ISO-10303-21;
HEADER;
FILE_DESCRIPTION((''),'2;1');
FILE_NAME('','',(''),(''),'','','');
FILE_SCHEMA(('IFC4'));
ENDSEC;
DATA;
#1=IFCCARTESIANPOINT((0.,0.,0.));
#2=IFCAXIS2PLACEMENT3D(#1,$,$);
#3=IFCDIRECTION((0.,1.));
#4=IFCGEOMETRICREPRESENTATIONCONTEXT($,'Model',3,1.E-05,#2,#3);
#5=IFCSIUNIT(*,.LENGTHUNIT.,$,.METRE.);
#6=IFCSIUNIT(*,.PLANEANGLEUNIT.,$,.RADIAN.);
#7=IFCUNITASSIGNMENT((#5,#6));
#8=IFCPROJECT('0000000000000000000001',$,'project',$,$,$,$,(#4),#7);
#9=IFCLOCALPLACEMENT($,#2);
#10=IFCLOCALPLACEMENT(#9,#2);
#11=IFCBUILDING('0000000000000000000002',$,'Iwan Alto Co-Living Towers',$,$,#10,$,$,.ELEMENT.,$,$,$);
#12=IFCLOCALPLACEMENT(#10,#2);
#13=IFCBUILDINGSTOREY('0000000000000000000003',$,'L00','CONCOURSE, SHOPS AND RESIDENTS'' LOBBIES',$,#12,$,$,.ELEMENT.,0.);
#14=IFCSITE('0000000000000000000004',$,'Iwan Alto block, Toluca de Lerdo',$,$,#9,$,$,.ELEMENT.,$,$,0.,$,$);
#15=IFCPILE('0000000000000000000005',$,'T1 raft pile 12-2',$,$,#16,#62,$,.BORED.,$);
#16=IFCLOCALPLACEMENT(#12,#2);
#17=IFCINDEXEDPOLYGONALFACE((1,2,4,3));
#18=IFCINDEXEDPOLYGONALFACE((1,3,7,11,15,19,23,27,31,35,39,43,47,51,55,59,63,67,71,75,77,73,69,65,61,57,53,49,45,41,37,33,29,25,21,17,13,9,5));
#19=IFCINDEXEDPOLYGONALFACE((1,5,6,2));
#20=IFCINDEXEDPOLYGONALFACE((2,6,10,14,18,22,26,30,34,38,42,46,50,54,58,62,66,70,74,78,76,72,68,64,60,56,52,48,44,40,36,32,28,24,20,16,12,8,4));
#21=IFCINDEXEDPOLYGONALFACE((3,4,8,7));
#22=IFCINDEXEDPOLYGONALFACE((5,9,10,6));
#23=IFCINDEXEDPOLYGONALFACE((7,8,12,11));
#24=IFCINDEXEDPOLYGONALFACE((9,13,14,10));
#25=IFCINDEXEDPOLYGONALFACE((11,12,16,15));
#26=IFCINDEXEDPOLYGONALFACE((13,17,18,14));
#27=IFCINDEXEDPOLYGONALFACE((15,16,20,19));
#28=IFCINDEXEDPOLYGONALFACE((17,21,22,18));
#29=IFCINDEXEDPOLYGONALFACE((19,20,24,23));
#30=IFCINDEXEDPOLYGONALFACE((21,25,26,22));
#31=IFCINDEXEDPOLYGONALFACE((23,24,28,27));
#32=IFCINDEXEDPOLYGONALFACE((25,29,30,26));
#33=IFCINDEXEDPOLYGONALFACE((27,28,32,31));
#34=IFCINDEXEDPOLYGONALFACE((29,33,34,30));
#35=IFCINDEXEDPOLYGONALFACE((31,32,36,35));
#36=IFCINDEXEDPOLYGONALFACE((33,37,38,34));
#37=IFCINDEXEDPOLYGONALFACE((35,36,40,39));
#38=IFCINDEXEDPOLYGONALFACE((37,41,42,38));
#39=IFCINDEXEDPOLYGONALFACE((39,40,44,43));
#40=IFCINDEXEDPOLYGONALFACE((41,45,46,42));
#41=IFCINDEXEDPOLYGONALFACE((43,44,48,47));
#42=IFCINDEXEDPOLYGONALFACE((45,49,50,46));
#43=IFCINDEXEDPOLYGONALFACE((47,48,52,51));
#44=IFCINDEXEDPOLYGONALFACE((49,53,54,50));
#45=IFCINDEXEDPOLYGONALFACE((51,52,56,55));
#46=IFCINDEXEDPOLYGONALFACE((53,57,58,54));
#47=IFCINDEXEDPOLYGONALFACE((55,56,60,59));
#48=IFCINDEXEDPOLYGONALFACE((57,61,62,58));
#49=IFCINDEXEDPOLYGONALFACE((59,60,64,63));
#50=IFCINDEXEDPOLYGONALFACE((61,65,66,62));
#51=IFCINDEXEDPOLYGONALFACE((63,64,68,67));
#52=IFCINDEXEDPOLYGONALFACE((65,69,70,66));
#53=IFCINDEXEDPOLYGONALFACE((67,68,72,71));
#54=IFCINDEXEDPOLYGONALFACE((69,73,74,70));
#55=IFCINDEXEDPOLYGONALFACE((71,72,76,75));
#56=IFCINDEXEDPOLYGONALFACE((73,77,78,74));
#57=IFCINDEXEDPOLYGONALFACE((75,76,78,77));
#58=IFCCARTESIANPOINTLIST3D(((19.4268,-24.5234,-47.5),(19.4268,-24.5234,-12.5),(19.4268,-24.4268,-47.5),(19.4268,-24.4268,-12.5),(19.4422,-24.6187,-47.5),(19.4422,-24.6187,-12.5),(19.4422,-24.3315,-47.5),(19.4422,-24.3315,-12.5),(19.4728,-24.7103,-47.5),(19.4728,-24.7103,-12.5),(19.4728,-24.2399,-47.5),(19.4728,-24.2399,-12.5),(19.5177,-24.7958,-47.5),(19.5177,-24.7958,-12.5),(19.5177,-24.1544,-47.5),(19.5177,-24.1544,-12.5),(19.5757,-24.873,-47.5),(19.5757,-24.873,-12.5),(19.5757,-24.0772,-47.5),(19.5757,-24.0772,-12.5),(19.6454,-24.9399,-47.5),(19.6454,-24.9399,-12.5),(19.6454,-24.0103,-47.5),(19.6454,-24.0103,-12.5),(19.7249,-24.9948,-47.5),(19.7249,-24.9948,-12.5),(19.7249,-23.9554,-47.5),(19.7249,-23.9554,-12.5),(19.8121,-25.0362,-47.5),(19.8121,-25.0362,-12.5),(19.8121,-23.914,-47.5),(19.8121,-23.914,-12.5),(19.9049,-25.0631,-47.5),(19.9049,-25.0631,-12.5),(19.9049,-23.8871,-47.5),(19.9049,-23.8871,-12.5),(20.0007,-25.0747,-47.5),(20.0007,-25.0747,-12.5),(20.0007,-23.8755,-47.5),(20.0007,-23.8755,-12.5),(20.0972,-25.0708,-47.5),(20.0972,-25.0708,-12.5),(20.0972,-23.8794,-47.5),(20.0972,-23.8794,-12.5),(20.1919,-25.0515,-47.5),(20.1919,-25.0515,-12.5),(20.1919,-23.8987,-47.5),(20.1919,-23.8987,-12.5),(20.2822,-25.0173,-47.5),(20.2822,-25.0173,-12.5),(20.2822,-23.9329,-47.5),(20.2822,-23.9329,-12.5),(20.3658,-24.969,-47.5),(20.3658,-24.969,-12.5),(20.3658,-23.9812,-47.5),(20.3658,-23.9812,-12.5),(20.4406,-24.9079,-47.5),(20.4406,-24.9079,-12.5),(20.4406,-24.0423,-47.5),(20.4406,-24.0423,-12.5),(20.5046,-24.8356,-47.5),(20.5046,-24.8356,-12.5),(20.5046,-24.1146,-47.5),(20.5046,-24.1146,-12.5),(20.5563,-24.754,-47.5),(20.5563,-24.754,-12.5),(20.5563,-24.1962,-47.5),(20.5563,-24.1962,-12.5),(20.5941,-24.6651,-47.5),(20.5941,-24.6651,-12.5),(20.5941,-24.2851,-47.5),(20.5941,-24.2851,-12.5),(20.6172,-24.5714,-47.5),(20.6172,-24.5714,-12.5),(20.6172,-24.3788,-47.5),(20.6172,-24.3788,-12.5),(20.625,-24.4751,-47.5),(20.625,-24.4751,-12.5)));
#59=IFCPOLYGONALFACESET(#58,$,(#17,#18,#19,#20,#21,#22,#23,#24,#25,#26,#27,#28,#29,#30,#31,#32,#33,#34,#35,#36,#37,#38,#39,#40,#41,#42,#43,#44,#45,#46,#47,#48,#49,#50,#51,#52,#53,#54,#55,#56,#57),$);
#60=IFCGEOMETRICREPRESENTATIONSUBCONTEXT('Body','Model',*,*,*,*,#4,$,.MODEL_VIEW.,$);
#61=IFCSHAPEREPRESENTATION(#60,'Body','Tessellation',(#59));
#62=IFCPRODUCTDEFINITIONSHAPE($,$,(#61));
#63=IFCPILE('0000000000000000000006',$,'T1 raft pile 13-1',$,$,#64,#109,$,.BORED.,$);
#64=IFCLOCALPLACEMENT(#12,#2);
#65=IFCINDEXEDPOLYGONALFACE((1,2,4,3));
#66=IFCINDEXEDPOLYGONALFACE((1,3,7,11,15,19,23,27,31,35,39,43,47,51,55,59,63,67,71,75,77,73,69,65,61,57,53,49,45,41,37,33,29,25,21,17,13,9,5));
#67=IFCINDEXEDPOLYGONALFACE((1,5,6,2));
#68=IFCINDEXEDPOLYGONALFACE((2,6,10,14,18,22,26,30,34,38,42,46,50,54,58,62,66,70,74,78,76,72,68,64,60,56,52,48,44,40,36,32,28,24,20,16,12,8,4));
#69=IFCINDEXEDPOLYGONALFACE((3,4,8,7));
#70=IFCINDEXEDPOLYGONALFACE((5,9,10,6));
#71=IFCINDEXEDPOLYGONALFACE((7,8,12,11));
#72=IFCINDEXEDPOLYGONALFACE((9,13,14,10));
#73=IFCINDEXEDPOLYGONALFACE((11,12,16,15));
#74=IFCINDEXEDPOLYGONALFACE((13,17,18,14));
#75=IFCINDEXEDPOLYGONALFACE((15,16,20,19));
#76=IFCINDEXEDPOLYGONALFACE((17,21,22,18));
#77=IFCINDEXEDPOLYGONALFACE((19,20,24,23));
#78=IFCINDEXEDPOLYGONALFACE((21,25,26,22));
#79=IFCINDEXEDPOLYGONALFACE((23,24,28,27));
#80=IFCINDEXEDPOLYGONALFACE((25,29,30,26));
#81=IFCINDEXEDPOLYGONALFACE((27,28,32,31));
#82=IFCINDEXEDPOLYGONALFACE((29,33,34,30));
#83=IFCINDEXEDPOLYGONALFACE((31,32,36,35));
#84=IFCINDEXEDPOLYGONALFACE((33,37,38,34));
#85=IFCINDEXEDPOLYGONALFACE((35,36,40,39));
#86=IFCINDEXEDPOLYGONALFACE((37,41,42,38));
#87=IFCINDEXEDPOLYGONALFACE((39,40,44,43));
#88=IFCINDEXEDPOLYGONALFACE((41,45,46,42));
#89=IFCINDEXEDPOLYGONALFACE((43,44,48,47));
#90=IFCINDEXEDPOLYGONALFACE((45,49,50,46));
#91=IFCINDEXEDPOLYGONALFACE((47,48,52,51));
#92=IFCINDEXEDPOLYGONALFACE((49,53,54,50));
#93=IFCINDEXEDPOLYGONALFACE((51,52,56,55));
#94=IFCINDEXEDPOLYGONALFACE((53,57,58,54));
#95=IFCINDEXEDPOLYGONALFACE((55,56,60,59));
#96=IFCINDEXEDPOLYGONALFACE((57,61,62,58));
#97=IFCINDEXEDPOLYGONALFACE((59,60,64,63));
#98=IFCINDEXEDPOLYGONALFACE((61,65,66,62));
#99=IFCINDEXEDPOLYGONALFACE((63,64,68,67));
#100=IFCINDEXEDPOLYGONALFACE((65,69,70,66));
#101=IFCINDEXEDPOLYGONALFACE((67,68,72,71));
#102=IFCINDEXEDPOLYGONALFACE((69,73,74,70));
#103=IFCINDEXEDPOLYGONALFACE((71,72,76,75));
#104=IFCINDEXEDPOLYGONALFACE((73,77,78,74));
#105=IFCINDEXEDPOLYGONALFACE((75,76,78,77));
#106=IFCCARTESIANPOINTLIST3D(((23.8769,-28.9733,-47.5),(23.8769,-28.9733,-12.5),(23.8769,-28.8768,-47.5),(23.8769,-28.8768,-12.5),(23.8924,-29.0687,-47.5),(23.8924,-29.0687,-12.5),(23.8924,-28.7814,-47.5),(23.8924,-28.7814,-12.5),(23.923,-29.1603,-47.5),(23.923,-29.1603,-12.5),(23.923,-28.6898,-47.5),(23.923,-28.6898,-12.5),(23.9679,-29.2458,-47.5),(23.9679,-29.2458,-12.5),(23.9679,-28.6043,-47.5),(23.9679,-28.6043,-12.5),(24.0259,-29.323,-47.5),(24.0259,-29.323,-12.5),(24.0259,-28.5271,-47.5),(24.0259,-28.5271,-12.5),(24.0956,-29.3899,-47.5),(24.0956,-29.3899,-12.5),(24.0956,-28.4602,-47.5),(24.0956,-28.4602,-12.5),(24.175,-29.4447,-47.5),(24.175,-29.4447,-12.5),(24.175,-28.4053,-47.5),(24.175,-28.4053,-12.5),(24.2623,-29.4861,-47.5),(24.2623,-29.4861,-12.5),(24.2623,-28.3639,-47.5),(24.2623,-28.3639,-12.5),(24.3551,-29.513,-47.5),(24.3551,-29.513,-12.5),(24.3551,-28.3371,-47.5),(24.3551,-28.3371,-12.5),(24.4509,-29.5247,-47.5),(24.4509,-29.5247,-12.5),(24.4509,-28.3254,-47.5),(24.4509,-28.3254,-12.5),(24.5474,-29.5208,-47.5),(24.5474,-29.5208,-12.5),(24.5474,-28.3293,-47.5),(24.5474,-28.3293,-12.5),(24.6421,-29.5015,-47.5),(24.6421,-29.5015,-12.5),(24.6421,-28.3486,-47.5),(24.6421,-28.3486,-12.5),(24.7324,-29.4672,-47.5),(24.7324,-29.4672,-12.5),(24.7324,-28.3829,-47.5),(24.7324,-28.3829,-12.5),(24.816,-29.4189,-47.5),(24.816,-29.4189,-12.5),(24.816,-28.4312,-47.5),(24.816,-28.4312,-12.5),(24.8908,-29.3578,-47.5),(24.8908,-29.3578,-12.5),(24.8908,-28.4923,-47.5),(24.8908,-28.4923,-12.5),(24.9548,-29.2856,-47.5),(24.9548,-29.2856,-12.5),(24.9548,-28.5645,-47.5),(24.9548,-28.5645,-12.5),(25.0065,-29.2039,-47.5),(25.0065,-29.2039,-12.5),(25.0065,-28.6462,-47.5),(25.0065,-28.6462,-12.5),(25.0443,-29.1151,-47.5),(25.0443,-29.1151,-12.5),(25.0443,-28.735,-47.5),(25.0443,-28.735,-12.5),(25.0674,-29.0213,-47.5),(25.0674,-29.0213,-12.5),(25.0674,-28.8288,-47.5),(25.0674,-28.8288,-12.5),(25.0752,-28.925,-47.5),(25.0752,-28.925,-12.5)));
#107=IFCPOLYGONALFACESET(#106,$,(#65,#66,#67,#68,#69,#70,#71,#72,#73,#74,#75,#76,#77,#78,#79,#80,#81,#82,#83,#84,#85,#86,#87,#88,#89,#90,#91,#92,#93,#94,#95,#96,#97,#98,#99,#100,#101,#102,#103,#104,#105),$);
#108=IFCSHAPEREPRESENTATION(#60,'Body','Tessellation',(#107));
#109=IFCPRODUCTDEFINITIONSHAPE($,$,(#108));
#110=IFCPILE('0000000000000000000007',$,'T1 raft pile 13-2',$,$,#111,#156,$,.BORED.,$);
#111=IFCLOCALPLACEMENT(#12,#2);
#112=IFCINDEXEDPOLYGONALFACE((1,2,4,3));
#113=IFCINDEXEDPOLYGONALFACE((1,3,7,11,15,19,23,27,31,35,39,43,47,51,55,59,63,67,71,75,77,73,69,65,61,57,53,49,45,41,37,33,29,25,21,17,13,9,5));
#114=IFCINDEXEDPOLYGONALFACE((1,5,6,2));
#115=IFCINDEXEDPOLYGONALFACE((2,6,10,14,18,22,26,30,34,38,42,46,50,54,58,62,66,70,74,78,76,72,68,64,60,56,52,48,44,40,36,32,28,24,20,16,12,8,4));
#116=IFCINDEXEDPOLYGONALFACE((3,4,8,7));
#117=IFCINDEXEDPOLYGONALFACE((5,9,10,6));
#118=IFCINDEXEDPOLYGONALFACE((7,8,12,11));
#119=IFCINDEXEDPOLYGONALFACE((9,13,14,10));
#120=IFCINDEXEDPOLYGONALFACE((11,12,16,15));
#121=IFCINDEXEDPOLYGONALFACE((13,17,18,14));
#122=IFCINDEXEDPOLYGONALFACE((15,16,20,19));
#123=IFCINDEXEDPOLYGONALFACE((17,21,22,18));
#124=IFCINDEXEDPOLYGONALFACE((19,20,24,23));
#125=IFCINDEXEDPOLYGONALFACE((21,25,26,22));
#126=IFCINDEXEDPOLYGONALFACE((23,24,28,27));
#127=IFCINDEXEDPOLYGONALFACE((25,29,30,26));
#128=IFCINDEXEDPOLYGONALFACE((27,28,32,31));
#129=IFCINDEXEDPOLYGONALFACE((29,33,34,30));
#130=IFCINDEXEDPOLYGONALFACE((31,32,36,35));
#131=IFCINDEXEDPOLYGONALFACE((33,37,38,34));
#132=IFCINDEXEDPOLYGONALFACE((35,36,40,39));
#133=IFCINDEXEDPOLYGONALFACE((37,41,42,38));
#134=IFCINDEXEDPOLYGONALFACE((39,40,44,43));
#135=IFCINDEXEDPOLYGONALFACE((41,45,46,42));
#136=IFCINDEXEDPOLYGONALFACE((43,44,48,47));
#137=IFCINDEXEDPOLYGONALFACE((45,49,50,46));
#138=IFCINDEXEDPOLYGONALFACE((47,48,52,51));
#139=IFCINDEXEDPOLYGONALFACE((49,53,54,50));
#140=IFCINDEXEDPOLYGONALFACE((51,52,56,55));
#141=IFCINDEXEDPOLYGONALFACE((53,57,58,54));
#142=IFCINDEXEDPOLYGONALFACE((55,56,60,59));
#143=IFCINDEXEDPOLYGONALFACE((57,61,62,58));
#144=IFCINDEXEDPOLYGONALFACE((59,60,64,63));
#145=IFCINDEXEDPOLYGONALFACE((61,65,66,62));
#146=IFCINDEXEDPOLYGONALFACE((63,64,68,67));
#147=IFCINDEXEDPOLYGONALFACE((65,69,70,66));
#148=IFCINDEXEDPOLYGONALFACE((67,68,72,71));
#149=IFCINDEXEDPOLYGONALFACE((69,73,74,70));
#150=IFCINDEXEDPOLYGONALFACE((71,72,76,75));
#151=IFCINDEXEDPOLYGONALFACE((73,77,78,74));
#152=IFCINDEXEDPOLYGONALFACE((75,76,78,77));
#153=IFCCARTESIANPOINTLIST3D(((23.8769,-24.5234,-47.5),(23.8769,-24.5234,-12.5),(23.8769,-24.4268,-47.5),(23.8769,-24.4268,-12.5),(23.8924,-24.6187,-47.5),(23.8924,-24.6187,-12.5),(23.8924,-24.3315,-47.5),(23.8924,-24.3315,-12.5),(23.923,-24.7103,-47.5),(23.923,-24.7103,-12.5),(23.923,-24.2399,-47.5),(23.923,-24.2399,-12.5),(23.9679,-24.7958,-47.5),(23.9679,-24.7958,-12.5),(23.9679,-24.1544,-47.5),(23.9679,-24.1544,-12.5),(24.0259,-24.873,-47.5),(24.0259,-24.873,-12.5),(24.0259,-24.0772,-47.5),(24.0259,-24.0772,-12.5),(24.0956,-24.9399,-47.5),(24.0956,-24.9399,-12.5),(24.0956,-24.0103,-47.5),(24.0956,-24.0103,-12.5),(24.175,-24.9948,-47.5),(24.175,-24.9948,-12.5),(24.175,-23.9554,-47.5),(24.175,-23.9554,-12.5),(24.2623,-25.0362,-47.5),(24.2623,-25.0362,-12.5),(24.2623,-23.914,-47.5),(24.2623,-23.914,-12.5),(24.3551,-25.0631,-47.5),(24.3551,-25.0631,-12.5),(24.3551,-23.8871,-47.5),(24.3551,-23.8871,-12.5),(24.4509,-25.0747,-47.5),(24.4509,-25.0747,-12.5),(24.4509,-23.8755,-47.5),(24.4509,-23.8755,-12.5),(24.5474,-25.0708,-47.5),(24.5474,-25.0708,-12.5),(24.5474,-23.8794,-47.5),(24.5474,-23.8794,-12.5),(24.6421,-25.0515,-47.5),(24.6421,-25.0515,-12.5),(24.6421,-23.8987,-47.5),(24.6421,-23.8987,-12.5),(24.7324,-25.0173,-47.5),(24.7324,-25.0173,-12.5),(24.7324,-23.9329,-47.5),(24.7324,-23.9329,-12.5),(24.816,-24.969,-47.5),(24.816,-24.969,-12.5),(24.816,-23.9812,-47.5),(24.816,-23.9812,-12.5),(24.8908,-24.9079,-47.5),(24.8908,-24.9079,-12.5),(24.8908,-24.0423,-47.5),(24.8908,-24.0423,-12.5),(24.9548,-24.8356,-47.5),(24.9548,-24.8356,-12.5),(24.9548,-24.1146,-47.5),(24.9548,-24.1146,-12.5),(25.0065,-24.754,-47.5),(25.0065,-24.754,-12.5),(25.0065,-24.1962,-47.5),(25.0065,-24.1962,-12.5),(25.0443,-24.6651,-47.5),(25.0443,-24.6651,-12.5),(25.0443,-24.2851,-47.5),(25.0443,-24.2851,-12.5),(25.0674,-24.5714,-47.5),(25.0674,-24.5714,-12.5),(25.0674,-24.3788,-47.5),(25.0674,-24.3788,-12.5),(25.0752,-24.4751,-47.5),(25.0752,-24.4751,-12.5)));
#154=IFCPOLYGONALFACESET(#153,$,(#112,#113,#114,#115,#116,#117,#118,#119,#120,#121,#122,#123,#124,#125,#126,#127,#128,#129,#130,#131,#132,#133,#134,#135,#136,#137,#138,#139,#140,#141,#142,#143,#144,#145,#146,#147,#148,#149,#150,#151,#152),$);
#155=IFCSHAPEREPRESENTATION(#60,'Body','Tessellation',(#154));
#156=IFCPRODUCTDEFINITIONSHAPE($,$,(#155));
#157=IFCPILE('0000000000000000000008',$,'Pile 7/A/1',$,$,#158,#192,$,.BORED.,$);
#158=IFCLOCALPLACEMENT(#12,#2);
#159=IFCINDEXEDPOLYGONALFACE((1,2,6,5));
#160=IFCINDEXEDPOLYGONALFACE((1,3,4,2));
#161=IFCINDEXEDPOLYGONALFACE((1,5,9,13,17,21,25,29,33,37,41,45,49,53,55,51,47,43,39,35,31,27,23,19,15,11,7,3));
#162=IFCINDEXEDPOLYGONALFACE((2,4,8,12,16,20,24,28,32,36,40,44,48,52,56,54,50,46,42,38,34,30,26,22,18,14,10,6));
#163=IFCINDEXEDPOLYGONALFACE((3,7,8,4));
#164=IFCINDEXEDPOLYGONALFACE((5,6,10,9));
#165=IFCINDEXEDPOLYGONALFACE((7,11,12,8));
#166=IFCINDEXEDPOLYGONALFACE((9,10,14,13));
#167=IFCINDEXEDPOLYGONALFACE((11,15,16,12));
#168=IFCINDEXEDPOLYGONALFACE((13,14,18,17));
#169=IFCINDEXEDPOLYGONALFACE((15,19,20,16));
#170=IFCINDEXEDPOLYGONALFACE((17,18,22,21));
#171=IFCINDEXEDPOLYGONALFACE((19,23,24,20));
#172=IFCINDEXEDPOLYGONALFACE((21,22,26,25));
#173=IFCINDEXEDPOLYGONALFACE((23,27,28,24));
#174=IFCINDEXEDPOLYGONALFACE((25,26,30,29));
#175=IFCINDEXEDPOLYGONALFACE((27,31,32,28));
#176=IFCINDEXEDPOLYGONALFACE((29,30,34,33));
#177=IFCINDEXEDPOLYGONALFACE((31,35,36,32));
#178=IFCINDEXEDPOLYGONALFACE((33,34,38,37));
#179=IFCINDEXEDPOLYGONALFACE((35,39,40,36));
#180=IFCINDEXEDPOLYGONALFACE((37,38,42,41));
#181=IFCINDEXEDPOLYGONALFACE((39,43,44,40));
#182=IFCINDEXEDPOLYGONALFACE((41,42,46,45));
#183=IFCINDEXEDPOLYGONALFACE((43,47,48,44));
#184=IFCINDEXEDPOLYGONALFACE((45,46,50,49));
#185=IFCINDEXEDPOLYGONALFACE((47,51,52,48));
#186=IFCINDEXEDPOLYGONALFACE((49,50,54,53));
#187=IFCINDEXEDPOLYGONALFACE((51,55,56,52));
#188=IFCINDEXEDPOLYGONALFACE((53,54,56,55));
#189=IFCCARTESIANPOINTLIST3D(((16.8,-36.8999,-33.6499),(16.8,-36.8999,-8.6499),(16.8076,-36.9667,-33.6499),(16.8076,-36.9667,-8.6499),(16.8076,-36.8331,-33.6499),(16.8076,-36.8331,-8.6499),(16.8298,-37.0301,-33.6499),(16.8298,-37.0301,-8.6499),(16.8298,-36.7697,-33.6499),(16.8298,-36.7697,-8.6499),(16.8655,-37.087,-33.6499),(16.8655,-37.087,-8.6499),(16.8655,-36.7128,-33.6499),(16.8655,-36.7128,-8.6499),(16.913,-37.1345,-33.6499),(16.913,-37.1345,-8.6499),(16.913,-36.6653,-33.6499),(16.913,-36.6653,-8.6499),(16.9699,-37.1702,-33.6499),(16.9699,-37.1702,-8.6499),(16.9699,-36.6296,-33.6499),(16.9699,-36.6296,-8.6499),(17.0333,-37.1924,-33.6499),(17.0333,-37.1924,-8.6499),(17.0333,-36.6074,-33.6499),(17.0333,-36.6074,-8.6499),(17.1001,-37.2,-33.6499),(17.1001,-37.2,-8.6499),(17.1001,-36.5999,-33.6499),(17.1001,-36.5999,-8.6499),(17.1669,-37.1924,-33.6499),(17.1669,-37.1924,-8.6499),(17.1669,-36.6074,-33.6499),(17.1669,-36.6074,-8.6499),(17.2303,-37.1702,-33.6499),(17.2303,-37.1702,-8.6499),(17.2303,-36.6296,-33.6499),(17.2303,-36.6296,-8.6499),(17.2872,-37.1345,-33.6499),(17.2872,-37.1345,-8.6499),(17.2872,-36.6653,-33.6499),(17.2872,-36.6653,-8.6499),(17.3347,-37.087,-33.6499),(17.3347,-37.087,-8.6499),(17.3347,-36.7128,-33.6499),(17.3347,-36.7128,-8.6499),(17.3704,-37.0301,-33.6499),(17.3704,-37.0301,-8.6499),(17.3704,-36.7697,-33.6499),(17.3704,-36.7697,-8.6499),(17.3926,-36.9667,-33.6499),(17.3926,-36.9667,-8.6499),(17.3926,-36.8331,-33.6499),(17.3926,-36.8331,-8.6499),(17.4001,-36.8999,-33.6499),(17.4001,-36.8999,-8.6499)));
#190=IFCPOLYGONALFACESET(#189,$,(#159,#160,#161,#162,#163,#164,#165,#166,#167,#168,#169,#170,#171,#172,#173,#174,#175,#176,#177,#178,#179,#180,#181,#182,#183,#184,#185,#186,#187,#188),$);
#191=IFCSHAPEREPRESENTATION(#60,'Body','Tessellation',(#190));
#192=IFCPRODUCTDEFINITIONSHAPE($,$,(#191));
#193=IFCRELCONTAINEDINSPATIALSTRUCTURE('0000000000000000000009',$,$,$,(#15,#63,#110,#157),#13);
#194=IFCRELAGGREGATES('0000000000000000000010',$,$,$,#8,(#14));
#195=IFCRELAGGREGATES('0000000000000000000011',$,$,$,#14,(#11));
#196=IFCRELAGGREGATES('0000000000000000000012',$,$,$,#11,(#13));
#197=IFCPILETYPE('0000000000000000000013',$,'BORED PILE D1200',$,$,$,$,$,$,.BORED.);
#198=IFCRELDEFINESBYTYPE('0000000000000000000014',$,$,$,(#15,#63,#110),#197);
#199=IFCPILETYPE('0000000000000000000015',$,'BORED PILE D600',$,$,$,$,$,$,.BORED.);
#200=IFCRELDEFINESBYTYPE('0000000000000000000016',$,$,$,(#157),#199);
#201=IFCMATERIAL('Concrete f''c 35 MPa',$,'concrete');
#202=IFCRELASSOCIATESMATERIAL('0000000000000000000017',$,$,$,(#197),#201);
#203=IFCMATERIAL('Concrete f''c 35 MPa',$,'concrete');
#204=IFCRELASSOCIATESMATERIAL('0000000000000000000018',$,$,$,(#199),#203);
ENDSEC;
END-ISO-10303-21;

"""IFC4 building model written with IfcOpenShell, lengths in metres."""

from ifc_helpers import new_model, si_unit, direction, frame, origin, origin_2d, place, context, subcontext, project, spatial, circle, extrude, material, material_profile, profile_set, type_object, element, save


model = new_model("IFC4")

# Units and contexts
model_context = context("Model", 3, precision=1e-05, world=origin(), true_north=direction((0.0, 1.0)))
body_context = subcontext(model_context, "Body", "Model", "MODEL_VIEW")
ifc_project = project(units=[si_unit("LENGTHUNIT", "METRE"), si_unit("PLANEANGLEUNIT", "RADIAN")], contexts=[model_context])

# Site, building, storey
site_placement = place(None, origin())
site = spatial("IfcSite", under=ifc_project, at=site_placement, Name="Iwan Alto block, Toluca de Lerdo", CompositionType="ELEMENT", RefElevation=0.0)
building_placement = place(site_placement, origin())
building = spatial("IfcBuilding", under=site, at=building_placement, Name="Iwan Alto Co-Living Towers", CompositionType="ELEMENT")
storey_placement = place(building_placement, origin())
storey = spatial("IfcBuildingStorey", under=building, at=storey_placement, Name="L00", Description="CONCOURSE, SHOPS AND RESIDENTS' LOBBIES", CompositionType="ELEMENT", Elevation=0.0)

# Piles
ifc_material_1 = material(Name="Concrete f'c 35 MPa", Category="concrete")
ifc_material_profile_1 = material_profile(ifc_material_1, circle(Radius=0.6001, at=origin_2d()), Name="D1200")
ifc_profile_set_1 = profile_set([ifc_material_profile_1], Name="Concrete f'c 35 MPa")
pile_type_1 = type_object("IfcPileType", Name="BORED PILE D1200", PredefinedType="BORED", material=ifc_profile_set_1)
for number, where, z_axis, x_axis, name in (
    (1, (20.0249, -24.4751, -12.5), (0.0, 0.0, -1.0), (1.0, 0.0, 0.0), "T1 raft pile 12-2"),
    (2, (24.4751, -28.925, -12.5), (0.0, 0.0, -1.0), (1.0, 0.0, 0.0), "T1 raft pile 13-1"),
    (3, (24.4751, -24.4751, -12.5), (0.0, 0.0, -1.0), (1.0, 0.0, 0.0), "T1 raft pile 13-2"),
):
    element("IfcPile", number, at=place(storey_placement, frame(where, z_axis=z_axis, x_axis=x_axis)), inside=storey, type_object=pile_type_1, Name=name, PredefinedType="BORED", context=body_context, shape_type="SweptSolid", body=[
        extrude(circle(Radius=0.6001, at=origin_2d()), origin(), (0.0, 0.0, 1.0), 35.0),
    ])
ifc_material_2 = material(Name="Concrete f'c 35 MPa", Category="concrete")
ifc_material_profile_2 = material_profile(ifc_material_2, circle(Radius=0.3, at=origin_2d()), Name="D600")
ifc_profile_set_2 = profile_set([ifc_material_profile_2], Name="Concrete f'c 35 MPa")
pile_type_2 = type_object("IfcPileType", Name="BORED PILE D600", PredefinedType="BORED", material=ifc_profile_set_2)
for number, where, z_axis, x_axis, name in (
    (4, (17.1001, -36.8999, -8.6499), (0.0, 0.0, -1.0), (1.0, 0.0, 0.0), "Pile 7/A/1"),
):
    element("IfcPile", number, at=place(storey_placement, frame(where, z_axis=z_axis, x_axis=x_axis)), inside=storey, type_object=pile_type_2, Name=name, PredefinedType="BORED", context=body_context, shape_type="SweptSolid", body=[
        extrude(circle(Radius=0.3, at=origin_2d()), origin(), (0.0, 0.0, 1.0), 25.0),
    ])

save(model, "model.ifc")
